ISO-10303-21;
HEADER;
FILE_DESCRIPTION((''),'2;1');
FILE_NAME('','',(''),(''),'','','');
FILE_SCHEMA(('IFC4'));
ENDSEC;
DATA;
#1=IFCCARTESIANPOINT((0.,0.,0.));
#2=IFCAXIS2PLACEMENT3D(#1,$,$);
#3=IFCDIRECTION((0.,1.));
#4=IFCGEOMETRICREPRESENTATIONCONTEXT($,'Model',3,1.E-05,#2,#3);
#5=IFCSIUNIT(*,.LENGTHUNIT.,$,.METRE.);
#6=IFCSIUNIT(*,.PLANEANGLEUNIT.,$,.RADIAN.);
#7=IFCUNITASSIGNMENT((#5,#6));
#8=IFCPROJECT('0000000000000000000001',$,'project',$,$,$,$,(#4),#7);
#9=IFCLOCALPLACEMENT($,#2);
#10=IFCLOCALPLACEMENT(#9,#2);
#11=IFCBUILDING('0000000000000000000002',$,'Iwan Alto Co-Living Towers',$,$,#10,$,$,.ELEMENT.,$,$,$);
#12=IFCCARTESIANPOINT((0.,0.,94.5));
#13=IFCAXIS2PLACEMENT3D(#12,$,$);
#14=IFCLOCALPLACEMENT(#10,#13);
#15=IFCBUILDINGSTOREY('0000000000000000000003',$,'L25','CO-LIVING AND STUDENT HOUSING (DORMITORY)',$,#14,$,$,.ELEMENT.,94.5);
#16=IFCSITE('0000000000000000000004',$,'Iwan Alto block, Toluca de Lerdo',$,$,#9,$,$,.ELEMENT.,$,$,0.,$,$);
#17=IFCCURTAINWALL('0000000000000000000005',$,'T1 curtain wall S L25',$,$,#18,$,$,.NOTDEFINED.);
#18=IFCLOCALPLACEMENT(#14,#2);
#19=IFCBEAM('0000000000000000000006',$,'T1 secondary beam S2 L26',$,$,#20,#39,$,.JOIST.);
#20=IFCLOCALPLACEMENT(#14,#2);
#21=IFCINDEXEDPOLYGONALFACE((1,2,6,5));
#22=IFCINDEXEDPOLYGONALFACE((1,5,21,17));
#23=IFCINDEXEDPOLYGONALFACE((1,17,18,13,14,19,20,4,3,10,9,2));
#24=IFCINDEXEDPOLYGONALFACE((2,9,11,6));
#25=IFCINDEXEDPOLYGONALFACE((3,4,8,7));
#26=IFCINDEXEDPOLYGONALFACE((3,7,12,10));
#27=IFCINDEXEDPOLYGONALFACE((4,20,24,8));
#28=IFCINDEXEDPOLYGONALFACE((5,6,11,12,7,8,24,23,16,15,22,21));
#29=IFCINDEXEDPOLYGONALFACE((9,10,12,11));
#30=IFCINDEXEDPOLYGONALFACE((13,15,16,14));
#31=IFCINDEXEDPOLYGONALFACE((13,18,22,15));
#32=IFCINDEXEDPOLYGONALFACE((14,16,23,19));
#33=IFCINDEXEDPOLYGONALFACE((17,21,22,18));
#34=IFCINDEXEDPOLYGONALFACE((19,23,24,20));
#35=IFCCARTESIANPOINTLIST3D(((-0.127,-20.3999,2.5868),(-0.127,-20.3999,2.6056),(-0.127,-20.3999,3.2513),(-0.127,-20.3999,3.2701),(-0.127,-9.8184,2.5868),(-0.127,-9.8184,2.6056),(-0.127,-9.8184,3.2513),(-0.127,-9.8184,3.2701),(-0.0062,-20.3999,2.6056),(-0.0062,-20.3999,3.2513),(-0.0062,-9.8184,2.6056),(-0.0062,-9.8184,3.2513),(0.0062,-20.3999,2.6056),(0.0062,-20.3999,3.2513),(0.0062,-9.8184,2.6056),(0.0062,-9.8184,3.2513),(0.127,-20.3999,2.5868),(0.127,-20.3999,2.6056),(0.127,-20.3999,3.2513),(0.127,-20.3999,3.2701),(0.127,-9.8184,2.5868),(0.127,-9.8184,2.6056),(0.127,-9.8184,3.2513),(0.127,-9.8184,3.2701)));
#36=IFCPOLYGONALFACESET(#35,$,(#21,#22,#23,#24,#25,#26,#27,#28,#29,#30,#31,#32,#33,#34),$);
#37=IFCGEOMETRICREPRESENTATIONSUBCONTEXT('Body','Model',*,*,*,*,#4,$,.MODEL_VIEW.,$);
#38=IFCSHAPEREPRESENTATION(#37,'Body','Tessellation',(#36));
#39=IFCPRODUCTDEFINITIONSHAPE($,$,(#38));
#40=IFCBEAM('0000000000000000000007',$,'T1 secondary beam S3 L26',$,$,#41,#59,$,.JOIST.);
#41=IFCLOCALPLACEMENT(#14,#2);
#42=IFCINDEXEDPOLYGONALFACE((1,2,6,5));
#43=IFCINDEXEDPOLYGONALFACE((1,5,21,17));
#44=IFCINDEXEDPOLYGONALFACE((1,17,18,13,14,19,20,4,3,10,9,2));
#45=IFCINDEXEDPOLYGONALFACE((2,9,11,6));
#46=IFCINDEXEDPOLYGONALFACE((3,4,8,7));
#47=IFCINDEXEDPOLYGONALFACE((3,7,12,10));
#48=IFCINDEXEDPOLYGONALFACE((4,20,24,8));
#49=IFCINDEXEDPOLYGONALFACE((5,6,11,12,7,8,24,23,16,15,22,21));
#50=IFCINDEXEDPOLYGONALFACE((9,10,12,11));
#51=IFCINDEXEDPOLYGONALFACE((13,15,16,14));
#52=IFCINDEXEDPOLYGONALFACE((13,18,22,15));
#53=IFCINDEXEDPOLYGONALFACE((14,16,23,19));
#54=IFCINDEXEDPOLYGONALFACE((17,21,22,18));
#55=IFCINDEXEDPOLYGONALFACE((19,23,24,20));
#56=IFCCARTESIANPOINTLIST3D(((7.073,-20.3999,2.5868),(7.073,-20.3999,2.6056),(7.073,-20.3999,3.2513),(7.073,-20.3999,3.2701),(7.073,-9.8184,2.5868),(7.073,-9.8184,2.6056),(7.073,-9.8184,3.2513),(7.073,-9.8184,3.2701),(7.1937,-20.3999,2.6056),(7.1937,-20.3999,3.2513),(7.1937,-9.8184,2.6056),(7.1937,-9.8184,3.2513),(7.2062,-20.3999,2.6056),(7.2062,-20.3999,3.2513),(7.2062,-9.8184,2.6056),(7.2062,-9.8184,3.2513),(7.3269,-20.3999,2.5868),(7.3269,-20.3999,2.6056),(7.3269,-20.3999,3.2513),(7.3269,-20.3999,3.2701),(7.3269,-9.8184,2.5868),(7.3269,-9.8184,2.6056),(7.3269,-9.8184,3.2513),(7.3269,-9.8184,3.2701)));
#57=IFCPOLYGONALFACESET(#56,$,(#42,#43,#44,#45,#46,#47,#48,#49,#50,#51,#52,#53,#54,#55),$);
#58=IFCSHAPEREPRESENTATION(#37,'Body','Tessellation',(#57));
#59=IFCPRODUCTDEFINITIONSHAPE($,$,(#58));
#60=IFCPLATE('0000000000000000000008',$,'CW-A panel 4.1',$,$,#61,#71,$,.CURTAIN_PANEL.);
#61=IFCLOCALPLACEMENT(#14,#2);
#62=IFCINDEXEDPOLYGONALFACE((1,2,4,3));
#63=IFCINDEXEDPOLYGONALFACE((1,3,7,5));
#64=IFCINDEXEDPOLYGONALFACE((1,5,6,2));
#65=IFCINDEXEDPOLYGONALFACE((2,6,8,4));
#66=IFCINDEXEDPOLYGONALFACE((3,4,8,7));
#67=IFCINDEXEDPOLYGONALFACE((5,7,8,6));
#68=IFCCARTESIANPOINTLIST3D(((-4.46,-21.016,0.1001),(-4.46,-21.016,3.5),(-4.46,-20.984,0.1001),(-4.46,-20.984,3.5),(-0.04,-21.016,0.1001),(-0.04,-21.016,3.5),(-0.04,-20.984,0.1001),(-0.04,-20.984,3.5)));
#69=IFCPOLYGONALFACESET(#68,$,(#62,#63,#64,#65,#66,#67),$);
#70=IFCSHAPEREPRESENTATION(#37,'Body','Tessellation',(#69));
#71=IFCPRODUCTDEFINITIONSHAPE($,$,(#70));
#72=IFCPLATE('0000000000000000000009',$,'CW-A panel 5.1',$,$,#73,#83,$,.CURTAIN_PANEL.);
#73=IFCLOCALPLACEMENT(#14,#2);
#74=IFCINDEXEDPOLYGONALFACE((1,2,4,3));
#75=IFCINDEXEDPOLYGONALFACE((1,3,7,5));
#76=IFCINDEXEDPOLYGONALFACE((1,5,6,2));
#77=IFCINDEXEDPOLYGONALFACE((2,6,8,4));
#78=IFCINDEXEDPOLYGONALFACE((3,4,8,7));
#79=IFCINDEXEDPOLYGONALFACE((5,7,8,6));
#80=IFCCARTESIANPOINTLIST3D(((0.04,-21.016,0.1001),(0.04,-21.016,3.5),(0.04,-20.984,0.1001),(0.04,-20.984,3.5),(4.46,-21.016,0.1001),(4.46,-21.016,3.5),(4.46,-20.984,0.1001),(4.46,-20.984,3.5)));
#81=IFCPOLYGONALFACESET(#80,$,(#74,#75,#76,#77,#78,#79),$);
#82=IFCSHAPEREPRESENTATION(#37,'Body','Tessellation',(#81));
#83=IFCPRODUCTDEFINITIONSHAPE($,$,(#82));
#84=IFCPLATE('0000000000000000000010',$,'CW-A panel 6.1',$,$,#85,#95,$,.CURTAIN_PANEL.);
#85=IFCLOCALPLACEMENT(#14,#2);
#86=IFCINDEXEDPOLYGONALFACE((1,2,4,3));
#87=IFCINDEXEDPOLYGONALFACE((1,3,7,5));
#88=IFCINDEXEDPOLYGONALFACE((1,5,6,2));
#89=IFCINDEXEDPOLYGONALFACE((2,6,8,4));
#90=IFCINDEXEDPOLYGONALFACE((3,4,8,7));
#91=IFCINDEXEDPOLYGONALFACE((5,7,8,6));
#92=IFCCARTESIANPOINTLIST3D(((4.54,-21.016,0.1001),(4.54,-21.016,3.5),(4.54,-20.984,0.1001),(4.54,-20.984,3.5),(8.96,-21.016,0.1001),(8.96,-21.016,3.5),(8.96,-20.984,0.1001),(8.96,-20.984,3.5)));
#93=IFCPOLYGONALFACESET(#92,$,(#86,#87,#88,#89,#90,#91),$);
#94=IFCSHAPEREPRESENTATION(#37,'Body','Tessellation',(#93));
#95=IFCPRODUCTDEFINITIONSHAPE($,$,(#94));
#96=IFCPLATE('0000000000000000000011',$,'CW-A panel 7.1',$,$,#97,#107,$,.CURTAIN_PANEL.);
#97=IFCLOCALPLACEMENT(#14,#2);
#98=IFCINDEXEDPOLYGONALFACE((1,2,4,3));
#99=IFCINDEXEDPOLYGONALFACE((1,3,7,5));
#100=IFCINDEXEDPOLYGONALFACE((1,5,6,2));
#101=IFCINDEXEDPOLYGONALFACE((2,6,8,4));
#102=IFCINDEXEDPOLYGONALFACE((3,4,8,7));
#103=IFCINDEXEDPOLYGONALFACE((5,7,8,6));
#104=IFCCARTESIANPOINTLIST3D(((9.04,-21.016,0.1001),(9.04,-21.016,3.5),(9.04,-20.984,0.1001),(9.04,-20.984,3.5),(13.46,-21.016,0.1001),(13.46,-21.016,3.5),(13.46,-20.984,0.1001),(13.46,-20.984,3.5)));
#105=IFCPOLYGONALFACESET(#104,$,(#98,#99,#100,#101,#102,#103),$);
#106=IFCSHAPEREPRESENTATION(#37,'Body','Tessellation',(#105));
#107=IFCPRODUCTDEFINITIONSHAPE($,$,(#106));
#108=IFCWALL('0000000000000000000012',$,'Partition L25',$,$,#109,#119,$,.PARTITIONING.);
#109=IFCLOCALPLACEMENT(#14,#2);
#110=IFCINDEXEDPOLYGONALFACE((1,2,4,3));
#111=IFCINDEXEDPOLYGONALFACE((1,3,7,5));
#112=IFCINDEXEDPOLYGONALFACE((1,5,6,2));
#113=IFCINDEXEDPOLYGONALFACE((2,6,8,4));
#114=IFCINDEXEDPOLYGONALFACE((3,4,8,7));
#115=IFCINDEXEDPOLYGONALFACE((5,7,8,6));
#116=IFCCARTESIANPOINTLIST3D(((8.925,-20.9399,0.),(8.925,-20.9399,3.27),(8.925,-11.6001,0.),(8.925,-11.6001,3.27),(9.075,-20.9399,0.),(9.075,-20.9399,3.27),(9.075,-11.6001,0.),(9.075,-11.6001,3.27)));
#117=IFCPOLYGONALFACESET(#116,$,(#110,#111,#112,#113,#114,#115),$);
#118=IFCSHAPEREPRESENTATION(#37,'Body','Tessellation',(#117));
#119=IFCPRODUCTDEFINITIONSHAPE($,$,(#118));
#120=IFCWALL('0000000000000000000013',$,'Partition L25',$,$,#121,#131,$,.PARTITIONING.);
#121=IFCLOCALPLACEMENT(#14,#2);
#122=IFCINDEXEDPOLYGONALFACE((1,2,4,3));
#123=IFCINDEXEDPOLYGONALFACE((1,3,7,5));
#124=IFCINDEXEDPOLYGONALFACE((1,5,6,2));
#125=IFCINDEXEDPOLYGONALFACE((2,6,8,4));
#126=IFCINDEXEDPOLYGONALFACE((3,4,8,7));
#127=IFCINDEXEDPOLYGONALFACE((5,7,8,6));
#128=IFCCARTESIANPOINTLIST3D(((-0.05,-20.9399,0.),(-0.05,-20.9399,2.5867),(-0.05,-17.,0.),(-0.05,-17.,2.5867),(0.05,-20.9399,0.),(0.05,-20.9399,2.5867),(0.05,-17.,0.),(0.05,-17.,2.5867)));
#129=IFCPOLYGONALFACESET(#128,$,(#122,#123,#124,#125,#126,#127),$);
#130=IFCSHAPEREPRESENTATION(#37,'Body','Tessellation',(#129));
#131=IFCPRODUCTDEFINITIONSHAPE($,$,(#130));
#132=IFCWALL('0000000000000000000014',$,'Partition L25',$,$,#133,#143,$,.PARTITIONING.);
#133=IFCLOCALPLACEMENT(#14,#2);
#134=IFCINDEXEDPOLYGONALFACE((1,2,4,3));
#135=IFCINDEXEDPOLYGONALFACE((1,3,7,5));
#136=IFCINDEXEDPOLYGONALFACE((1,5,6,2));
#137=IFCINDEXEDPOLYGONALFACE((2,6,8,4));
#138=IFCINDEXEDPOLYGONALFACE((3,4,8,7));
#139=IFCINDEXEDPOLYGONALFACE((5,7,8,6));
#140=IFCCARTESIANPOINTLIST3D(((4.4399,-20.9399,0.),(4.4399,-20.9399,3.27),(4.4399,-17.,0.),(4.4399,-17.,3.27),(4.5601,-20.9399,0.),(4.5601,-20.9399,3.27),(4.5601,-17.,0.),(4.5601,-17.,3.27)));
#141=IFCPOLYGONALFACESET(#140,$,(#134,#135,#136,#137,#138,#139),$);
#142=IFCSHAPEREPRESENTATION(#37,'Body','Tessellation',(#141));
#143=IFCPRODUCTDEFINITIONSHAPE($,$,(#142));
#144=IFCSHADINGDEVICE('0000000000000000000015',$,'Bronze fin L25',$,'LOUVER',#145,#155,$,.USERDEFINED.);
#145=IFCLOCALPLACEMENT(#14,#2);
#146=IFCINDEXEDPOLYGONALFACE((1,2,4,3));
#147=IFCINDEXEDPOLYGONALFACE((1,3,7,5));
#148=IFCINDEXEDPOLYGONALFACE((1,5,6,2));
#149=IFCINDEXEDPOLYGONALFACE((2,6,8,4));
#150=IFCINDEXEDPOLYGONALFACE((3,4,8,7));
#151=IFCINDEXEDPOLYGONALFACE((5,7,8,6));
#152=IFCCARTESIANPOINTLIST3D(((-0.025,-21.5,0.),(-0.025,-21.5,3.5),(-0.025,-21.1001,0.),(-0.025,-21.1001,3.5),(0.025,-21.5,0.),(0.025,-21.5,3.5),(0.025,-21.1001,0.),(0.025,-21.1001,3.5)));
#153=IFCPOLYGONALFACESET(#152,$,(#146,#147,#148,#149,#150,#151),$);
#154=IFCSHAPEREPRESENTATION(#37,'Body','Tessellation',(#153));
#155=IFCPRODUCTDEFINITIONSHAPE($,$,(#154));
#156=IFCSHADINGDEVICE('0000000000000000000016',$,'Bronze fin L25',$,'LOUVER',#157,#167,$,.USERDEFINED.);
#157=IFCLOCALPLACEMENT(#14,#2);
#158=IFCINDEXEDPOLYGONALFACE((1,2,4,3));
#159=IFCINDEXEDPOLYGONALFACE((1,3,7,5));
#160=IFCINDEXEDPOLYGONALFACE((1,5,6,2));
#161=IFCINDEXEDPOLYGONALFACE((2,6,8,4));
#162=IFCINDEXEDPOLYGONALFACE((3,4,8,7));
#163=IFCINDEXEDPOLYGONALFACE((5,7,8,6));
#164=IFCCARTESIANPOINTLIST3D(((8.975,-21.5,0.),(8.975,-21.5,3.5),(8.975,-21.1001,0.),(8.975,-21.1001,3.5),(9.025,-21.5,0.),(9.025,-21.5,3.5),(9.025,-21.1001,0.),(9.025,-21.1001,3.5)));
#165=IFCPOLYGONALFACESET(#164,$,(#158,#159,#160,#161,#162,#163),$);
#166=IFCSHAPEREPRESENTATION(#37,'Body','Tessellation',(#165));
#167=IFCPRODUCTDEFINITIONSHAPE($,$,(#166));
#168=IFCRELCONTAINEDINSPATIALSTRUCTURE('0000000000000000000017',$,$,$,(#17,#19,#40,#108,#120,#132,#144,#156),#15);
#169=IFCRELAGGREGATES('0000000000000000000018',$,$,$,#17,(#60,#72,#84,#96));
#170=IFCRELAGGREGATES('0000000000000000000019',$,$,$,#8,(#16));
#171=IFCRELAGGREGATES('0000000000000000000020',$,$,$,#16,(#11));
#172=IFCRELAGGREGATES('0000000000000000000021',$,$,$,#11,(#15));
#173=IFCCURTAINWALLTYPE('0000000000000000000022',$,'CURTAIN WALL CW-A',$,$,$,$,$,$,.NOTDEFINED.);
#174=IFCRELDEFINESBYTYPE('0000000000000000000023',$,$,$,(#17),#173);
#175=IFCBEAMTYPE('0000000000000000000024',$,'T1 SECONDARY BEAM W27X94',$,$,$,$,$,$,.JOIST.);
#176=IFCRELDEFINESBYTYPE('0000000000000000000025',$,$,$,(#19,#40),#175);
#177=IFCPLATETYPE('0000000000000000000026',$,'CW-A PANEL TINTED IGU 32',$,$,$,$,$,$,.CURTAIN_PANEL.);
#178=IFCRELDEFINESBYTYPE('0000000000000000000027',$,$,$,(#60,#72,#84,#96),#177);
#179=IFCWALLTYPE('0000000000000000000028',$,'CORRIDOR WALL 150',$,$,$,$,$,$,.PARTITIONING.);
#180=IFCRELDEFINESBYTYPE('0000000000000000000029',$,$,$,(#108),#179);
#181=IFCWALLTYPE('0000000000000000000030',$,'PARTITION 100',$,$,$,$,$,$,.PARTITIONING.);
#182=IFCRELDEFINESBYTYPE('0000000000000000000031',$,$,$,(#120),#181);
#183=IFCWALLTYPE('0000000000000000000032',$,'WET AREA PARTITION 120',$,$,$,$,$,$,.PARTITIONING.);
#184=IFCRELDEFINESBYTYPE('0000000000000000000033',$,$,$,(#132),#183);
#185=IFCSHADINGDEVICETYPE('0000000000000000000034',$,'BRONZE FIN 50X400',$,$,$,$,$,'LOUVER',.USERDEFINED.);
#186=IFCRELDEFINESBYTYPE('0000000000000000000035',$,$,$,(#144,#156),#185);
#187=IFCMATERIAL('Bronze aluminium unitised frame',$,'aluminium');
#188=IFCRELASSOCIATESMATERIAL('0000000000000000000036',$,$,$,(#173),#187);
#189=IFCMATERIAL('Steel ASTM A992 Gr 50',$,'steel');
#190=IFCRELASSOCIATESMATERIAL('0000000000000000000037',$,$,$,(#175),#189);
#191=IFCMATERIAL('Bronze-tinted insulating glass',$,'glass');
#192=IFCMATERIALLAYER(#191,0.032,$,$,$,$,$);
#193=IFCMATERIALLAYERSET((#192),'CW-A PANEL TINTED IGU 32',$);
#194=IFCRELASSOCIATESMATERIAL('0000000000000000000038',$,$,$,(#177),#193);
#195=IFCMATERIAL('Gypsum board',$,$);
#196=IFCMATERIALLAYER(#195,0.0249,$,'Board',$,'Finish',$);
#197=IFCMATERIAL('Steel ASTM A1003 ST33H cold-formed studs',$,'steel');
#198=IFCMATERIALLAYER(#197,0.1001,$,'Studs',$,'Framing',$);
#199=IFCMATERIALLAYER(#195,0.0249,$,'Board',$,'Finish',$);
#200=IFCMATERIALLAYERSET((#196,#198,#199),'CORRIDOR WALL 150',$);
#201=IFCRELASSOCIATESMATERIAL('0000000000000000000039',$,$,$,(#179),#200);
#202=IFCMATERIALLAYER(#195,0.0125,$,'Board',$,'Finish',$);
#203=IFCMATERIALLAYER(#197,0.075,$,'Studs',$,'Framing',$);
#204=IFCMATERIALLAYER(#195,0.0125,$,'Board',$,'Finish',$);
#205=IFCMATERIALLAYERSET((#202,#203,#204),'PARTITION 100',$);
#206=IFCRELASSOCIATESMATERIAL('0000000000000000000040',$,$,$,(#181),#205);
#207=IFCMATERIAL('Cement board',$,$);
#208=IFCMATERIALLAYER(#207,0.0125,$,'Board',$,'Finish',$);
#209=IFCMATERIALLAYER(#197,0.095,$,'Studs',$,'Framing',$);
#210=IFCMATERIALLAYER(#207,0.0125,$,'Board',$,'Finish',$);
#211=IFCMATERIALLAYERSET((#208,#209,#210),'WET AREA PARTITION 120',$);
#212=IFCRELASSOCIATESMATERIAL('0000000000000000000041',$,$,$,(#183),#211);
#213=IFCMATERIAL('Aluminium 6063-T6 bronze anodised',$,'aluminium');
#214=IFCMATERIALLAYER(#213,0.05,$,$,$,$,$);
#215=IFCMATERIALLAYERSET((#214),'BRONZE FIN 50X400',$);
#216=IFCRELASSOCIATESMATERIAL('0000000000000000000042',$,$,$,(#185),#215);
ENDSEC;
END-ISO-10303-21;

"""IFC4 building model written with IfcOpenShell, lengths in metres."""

from ifc_helpers import new_model, si_unit, direction, frame, frame_2d, origin, origin_2d, place, context, subcontext, project, spatial, rectangle, i_section, extrude, material, layer, layer_set, material_profile, profile_set, type_object, element, aggregate, save


model = new_model("IFC4")

# Units and contexts
model_context = context("Model", 3, precision=1e-05, world=origin(), true_north=direction((0.0, 1.0)))
body_context = subcontext(model_context, "Body", "Model", "MODEL_VIEW")
ifc_project = project(units=[si_unit("LENGTHUNIT", "METRE"), si_unit("PLANEANGLEUNIT", "RADIAN")], contexts=[model_context])

# Site, building, storey
site_placement = place(None, origin())
site = spatial("IfcSite", under=ifc_project, at=site_placement, Name="Iwan Alto block, Toluca de Lerdo", CompositionType="ELEMENT", RefElevation=0.0)
building_placement = place(site_placement, origin())
building = spatial("IfcBuilding", under=site, at=building_placement, Name="Iwan Alto Co-Living Towers", CompositionType="ELEMENT")
storey_placement = place(building_placement, frame((0.0, 0.0, 94.5)))
storey = spatial("IfcBuildingStorey", under=building, at=storey_placement, Name="L25", Description="CO-LIVING AND STUDENT HOUSING (DORMITORY)", CompositionType="ELEMENT", Elevation=94.5)

# Curtain wall
ifc_material_1 = material(Name="Bronze aluminium unitised frame", Category="aluminium")
curtain_wall_type = type_object("IfcCurtainWallType", Name="CURTAIN WALL CW-A", PredefinedType="NOTDEFINED", material=ifc_material_1)
curtain_wall_placement = place(storey_placement, origin())
curtain_wall = element("IfcCurtainWall", 1, at=curtain_wall_placement, inside=storey, type_object=curtain_wall_type, Name="T1 curtain wall S L25", PredefinedType="NOTDEFINED")

# Beams
ifc_material_2 = material(Name="Steel ASTM A992 Gr 50", Category="steel")
ifc_material_profile_1 = material_profile(ifc_material_2, i_section(OverallWidth=0.2539, OverallDepth=0.6833, WebThickness=0.0125, FlangeThickness=0.0188, at=origin_2d()), Name="W27X94")
ifc_profile_set_1 = profile_set([ifc_material_profile_1], Name="Steel ASTM A992 Gr 50")
beam_type_1 = type_object("IfcBeamType", Name="T1 SECONDARY BEAM W27X94", PredefinedType="JOIST", material=ifc_profile_set_1)
for number, where, z_axis, x_axis, name in (
    (2, (0.0, -20.3999, 2.9285), (0.0, 1.0, 0.0), (-1.0, 0.0, 0.0), "T1 secondary beam S2 L26"),
    (3, (7.2, -20.3999, 2.9285), (0.0, 1.0, 0.0), (-1.0, 0.0, 0.0), "T1 secondary beam S3 L26"),
):
    element("IfcBeam", number, at=place(storey_placement, frame(where, z_axis=z_axis, x_axis=x_axis)), inside=storey, type_object=beam_type_1, Name=name, PredefinedType="JOIST", context=body_context, shape_type="SweptSolid", body=[
        extrude(i_section(OverallWidth=0.2539, OverallDepth=0.6833, WebThickness=0.0125, FlangeThickness=0.0188, at=origin_2d()), origin(), (0.0, 0.0, 1.0), 10.5815),
    ])

# Plates
ifc_material_3 = material(Name="Bronze-tinted insulating glass", Category="glass")
ifc_layer_1 = layer(ifc_material_3, 0.032)
ifc_layer_set_1 = layer_set([ifc_layer_1], Name="CW-A PANEL TINTED IGU 32")
plate_type = type_object("IfcPlateType", Name="CW-A PANEL TINTED IGU 32", PredefinedType="CURTAIN_PANEL", material=ifc_layer_set_1)
plate_1_placement = place(storey_placement, frame((-2.25, -21.0, 0.1001), z_axis=(0.0, 0.0, 1.0), x_axis=(1.0, 0.0, 0.0)))
plate_1 = element("IfcPlate", 4, at=plate_1_placement, type_object=plate_type, Name="CW-A panel 4.1", PredefinedType="CURTAIN_PANEL", context=body_context, shape_type="SweptSolid", body=[
    extrude(rectangle(XDim=4.4199, YDim=0.032, at=origin_2d()), origin(), (0.0, 0.0, 1.0), 3.3999),
])
plate_2_placement = place(storey_placement, frame((2.25, -21.0, 0.1001), z_axis=(0.0, 0.0, 1.0), x_axis=(1.0, 0.0, 0.0)))
plate_2 = element("IfcPlate", 5, at=plate_2_placement, type_object=plate_type, Name="CW-A panel 5.1", PredefinedType="CURTAIN_PANEL", context=body_context, shape_type="SweptSolid", body=[
    extrude(rectangle(XDim=4.4199, YDim=0.032, at=origin_2d()), origin(), (0.0, 0.0, 1.0), 3.3999),
])
plate_3_placement = place(storey_placement, frame((6.75, -21.0, 0.1001), z_axis=(0.0, 0.0, 1.0), x_axis=(1.0, 0.0, 0.0)))
plate_3 = element("IfcPlate", 6, at=plate_3_placement, type_object=plate_type, Name="CW-A panel 6.1", PredefinedType="CURTAIN_PANEL", context=body_context, shape_type="SweptSolid", body=[
    extrude(rectangle(XDim=4.4199, YDim=0.032, at=origin_2d()), origin(), (0.0, 0.0, 1.0), 3.3999),
])
plate_4_placement = place(storey_placement, frame((11.25, -21.0, 0.1001), z_axis=(0.0, 0.0, 1.0), x_axis=(1.0, 0.0, 0.0)))
plate_4 = element("IfcPlate", 7, at=plate_4_placement, type_object=plate_type, Name="CW-A panel 7.1", PredefinedType="CURTAIN_PANEL", context=body_context, shape_type="SweptSolid", body=[
    extrude(rectangle(XDim=4.4199, YDim=0.032, at=origin_2d()), origin(), (0.0, 0.0, 1.0), 3.3999),
])
aggregate(curtain_wall, [plate_1, plate_2, plate_3, plate_4])

# Walls
ifc_material_4 = material(Name="Gypsum board")
ifc_layer_2 = layer(ifc_material_4, 0.0249, Name="Board", Category="Finish")
ifc_material_5 = material(Name="Steel ASTM A1003 ST33H cold-formed studs", Category="steel")
ifc_layer_3 = layer(ifc_material_5, 0.1001, Name="Studs", Category="Framing")
ifc_layer_4 = layer(ifc_material_4, 0.0249, Name="Board", Category="Finish")
ifc_layer_set_2 = layer_set([ifc_layer_2, ifc_layer_3, ifc_layer_4], Name="CORRIDOR WALL 150")
wall_type_1 = type_object("IfcWallType", Name="CORRIDOR WALL 150", PredefinedType="PARTITIONING", material=ifc_layer_set_2)
wall_1_placement = place(storey_placement, frame((9.0, -20.9399, 0.0), z_axis=(0.0, 0.0, 1.0), x_axis=(0.0, 1.0, 0.0)))
element("IfcWall", 8, at=wall_1_placement, inside=storey, type_object=wall_type_1, Name="Partition L25", PredefinedType="PARTITIONING", context=body_context, shape_type="SweptSolid", body=[
    extrude(rectangle(XDim=9.3398, YDim=0.1499, at=frame_2d((4.6699, 0.0))), origin(), (0.0, 0.0, 1.0), 3.27),
])
ifc_layer_5 = layer(ifc_material_4, 0.0125, Name="Board", Category="Finish")
ifc_layer_6 = layer(ifc_material_5, 0.075, Name="Studs", Category="Framing")
ifc_layer_7 = layer(ifc_material_4, 0.0125, Name="Board", Category="Finish")
ifc_layer_set_3 = layer_set([ifc_layer_5, ifc_layer_6, ifc_layer_7], Name="PARTITION 100")
wall_type_2 = type_object("IfcWallType", Name="PARTITION 100", PredefinedType="PARTITIONING", material=ifc_layer_set_3)
wall_2_placement = place(storey_placement, frame((0.0, -20.9399, 0.0), z_axis=(0.0, 0.0, 1.0), x_axis=(0.0, 1.0, 0.0)))
element("IfcWall", 9, at=wall_2_placement, inside=storey, type_object=wall_type_2, Name="Partition L25", PredefinedType="PARTITIONING", context=body_context, shape_type="SweptSolid", body=[
    extrude(rectangle(XDim=3.9399, YDim=0.1001, at=frame_2d((1.97, 0.0))), origin(), (0.0, 0.0, 1.0), 2.5867),
])
ifc_material_6 = material(Name="Cement board")
ifc_layer_8 = layer(ifc_material_6, 0.0125, Name="Board", Category="Finish")
ifc_layer_9 = layer(ifc_material_5, 0.095, Name="Studs", Category="Framing")
ifc_layer_10 = layer(ifc_material_6, 0.0125, Name="Board", Category="Finish")
ifc_layer_set_4 = layer_set([ifc_layer_8, ifc_layer_9, ifc_layer_10], Name="WET AREA PARTITION 120")
wall_type_3 = type_object("IfcWallType", Name="WET AREA PARTITION 120", PredefinedType="PARTITIONING", material=ifc_layer_set_4)
wall_3_placement = place(storey_placement, frame((4.5, -20.9399, 0.0), z_axis=(0.0, 0.0, 1.0), x_axis=(0.0, 1.0, 0.0)))
element("IfcWall", 10, at=wall_3_placement, inside=storey, type_object=wall_type_3, Name="Partition L25", PredefinedType="PARTITIONING", context=body_context, shape_type="SweptSolid", body=[
    extrude(rectangle(XDim=3.9399, YDim=0.1201, at=frame_2d((1.97, 0.0))), origin(), (0.0, 0.0, 1.0), 3.27),
])

# Shading devices
ifc_material_7 = material(Name="Aluminium 6063-T6 bronze anodised", Category="aluminium")
ifc_layer_11 = layer(ifc_material_7, 0.05)
ifc_layer_set_5 = layer_set([ifc_layer_11], Name="BRONZE FIN 50X400")
shading_device_type = type_object("IfcShadingDeviceType", Name="BRONZE FIN 50X400", ElementType="LOUVER", PredefinedType="USERDEFINED", material=ifc_layer_set_5)
for number, where, z_axis, x_axis, name in (
    (11, (0.0, -21.3, 0.0), (0.0, 0.0, 1.0), (1.0, 0.0, 0.0), "Bronze fin L25"),
    (12, (9.0, -21.3, 0.0), (0.0, 0.0, 1.0), (1.0, 0.0, 0.0), "Bronze fin L25"),
):
    element("IfcShadingDevice", number, at=place(storey_placement, frame(where, z_axis=z_axis, x_axis=x_axis)), inside=storey, type_object=shading_device_type, Name=name, ObjectType="LOUVER", PredefinedType="USERDEFINED", context=body_context, shape_type="SweptSolid", body=[
        extrude(rectangle(XDim=0.05, YDim=0.3999, at=origin_2d()), origin(), (0.0, 0.0, 1.0), 3.5),
    ])

save(model, "model.ifc")
